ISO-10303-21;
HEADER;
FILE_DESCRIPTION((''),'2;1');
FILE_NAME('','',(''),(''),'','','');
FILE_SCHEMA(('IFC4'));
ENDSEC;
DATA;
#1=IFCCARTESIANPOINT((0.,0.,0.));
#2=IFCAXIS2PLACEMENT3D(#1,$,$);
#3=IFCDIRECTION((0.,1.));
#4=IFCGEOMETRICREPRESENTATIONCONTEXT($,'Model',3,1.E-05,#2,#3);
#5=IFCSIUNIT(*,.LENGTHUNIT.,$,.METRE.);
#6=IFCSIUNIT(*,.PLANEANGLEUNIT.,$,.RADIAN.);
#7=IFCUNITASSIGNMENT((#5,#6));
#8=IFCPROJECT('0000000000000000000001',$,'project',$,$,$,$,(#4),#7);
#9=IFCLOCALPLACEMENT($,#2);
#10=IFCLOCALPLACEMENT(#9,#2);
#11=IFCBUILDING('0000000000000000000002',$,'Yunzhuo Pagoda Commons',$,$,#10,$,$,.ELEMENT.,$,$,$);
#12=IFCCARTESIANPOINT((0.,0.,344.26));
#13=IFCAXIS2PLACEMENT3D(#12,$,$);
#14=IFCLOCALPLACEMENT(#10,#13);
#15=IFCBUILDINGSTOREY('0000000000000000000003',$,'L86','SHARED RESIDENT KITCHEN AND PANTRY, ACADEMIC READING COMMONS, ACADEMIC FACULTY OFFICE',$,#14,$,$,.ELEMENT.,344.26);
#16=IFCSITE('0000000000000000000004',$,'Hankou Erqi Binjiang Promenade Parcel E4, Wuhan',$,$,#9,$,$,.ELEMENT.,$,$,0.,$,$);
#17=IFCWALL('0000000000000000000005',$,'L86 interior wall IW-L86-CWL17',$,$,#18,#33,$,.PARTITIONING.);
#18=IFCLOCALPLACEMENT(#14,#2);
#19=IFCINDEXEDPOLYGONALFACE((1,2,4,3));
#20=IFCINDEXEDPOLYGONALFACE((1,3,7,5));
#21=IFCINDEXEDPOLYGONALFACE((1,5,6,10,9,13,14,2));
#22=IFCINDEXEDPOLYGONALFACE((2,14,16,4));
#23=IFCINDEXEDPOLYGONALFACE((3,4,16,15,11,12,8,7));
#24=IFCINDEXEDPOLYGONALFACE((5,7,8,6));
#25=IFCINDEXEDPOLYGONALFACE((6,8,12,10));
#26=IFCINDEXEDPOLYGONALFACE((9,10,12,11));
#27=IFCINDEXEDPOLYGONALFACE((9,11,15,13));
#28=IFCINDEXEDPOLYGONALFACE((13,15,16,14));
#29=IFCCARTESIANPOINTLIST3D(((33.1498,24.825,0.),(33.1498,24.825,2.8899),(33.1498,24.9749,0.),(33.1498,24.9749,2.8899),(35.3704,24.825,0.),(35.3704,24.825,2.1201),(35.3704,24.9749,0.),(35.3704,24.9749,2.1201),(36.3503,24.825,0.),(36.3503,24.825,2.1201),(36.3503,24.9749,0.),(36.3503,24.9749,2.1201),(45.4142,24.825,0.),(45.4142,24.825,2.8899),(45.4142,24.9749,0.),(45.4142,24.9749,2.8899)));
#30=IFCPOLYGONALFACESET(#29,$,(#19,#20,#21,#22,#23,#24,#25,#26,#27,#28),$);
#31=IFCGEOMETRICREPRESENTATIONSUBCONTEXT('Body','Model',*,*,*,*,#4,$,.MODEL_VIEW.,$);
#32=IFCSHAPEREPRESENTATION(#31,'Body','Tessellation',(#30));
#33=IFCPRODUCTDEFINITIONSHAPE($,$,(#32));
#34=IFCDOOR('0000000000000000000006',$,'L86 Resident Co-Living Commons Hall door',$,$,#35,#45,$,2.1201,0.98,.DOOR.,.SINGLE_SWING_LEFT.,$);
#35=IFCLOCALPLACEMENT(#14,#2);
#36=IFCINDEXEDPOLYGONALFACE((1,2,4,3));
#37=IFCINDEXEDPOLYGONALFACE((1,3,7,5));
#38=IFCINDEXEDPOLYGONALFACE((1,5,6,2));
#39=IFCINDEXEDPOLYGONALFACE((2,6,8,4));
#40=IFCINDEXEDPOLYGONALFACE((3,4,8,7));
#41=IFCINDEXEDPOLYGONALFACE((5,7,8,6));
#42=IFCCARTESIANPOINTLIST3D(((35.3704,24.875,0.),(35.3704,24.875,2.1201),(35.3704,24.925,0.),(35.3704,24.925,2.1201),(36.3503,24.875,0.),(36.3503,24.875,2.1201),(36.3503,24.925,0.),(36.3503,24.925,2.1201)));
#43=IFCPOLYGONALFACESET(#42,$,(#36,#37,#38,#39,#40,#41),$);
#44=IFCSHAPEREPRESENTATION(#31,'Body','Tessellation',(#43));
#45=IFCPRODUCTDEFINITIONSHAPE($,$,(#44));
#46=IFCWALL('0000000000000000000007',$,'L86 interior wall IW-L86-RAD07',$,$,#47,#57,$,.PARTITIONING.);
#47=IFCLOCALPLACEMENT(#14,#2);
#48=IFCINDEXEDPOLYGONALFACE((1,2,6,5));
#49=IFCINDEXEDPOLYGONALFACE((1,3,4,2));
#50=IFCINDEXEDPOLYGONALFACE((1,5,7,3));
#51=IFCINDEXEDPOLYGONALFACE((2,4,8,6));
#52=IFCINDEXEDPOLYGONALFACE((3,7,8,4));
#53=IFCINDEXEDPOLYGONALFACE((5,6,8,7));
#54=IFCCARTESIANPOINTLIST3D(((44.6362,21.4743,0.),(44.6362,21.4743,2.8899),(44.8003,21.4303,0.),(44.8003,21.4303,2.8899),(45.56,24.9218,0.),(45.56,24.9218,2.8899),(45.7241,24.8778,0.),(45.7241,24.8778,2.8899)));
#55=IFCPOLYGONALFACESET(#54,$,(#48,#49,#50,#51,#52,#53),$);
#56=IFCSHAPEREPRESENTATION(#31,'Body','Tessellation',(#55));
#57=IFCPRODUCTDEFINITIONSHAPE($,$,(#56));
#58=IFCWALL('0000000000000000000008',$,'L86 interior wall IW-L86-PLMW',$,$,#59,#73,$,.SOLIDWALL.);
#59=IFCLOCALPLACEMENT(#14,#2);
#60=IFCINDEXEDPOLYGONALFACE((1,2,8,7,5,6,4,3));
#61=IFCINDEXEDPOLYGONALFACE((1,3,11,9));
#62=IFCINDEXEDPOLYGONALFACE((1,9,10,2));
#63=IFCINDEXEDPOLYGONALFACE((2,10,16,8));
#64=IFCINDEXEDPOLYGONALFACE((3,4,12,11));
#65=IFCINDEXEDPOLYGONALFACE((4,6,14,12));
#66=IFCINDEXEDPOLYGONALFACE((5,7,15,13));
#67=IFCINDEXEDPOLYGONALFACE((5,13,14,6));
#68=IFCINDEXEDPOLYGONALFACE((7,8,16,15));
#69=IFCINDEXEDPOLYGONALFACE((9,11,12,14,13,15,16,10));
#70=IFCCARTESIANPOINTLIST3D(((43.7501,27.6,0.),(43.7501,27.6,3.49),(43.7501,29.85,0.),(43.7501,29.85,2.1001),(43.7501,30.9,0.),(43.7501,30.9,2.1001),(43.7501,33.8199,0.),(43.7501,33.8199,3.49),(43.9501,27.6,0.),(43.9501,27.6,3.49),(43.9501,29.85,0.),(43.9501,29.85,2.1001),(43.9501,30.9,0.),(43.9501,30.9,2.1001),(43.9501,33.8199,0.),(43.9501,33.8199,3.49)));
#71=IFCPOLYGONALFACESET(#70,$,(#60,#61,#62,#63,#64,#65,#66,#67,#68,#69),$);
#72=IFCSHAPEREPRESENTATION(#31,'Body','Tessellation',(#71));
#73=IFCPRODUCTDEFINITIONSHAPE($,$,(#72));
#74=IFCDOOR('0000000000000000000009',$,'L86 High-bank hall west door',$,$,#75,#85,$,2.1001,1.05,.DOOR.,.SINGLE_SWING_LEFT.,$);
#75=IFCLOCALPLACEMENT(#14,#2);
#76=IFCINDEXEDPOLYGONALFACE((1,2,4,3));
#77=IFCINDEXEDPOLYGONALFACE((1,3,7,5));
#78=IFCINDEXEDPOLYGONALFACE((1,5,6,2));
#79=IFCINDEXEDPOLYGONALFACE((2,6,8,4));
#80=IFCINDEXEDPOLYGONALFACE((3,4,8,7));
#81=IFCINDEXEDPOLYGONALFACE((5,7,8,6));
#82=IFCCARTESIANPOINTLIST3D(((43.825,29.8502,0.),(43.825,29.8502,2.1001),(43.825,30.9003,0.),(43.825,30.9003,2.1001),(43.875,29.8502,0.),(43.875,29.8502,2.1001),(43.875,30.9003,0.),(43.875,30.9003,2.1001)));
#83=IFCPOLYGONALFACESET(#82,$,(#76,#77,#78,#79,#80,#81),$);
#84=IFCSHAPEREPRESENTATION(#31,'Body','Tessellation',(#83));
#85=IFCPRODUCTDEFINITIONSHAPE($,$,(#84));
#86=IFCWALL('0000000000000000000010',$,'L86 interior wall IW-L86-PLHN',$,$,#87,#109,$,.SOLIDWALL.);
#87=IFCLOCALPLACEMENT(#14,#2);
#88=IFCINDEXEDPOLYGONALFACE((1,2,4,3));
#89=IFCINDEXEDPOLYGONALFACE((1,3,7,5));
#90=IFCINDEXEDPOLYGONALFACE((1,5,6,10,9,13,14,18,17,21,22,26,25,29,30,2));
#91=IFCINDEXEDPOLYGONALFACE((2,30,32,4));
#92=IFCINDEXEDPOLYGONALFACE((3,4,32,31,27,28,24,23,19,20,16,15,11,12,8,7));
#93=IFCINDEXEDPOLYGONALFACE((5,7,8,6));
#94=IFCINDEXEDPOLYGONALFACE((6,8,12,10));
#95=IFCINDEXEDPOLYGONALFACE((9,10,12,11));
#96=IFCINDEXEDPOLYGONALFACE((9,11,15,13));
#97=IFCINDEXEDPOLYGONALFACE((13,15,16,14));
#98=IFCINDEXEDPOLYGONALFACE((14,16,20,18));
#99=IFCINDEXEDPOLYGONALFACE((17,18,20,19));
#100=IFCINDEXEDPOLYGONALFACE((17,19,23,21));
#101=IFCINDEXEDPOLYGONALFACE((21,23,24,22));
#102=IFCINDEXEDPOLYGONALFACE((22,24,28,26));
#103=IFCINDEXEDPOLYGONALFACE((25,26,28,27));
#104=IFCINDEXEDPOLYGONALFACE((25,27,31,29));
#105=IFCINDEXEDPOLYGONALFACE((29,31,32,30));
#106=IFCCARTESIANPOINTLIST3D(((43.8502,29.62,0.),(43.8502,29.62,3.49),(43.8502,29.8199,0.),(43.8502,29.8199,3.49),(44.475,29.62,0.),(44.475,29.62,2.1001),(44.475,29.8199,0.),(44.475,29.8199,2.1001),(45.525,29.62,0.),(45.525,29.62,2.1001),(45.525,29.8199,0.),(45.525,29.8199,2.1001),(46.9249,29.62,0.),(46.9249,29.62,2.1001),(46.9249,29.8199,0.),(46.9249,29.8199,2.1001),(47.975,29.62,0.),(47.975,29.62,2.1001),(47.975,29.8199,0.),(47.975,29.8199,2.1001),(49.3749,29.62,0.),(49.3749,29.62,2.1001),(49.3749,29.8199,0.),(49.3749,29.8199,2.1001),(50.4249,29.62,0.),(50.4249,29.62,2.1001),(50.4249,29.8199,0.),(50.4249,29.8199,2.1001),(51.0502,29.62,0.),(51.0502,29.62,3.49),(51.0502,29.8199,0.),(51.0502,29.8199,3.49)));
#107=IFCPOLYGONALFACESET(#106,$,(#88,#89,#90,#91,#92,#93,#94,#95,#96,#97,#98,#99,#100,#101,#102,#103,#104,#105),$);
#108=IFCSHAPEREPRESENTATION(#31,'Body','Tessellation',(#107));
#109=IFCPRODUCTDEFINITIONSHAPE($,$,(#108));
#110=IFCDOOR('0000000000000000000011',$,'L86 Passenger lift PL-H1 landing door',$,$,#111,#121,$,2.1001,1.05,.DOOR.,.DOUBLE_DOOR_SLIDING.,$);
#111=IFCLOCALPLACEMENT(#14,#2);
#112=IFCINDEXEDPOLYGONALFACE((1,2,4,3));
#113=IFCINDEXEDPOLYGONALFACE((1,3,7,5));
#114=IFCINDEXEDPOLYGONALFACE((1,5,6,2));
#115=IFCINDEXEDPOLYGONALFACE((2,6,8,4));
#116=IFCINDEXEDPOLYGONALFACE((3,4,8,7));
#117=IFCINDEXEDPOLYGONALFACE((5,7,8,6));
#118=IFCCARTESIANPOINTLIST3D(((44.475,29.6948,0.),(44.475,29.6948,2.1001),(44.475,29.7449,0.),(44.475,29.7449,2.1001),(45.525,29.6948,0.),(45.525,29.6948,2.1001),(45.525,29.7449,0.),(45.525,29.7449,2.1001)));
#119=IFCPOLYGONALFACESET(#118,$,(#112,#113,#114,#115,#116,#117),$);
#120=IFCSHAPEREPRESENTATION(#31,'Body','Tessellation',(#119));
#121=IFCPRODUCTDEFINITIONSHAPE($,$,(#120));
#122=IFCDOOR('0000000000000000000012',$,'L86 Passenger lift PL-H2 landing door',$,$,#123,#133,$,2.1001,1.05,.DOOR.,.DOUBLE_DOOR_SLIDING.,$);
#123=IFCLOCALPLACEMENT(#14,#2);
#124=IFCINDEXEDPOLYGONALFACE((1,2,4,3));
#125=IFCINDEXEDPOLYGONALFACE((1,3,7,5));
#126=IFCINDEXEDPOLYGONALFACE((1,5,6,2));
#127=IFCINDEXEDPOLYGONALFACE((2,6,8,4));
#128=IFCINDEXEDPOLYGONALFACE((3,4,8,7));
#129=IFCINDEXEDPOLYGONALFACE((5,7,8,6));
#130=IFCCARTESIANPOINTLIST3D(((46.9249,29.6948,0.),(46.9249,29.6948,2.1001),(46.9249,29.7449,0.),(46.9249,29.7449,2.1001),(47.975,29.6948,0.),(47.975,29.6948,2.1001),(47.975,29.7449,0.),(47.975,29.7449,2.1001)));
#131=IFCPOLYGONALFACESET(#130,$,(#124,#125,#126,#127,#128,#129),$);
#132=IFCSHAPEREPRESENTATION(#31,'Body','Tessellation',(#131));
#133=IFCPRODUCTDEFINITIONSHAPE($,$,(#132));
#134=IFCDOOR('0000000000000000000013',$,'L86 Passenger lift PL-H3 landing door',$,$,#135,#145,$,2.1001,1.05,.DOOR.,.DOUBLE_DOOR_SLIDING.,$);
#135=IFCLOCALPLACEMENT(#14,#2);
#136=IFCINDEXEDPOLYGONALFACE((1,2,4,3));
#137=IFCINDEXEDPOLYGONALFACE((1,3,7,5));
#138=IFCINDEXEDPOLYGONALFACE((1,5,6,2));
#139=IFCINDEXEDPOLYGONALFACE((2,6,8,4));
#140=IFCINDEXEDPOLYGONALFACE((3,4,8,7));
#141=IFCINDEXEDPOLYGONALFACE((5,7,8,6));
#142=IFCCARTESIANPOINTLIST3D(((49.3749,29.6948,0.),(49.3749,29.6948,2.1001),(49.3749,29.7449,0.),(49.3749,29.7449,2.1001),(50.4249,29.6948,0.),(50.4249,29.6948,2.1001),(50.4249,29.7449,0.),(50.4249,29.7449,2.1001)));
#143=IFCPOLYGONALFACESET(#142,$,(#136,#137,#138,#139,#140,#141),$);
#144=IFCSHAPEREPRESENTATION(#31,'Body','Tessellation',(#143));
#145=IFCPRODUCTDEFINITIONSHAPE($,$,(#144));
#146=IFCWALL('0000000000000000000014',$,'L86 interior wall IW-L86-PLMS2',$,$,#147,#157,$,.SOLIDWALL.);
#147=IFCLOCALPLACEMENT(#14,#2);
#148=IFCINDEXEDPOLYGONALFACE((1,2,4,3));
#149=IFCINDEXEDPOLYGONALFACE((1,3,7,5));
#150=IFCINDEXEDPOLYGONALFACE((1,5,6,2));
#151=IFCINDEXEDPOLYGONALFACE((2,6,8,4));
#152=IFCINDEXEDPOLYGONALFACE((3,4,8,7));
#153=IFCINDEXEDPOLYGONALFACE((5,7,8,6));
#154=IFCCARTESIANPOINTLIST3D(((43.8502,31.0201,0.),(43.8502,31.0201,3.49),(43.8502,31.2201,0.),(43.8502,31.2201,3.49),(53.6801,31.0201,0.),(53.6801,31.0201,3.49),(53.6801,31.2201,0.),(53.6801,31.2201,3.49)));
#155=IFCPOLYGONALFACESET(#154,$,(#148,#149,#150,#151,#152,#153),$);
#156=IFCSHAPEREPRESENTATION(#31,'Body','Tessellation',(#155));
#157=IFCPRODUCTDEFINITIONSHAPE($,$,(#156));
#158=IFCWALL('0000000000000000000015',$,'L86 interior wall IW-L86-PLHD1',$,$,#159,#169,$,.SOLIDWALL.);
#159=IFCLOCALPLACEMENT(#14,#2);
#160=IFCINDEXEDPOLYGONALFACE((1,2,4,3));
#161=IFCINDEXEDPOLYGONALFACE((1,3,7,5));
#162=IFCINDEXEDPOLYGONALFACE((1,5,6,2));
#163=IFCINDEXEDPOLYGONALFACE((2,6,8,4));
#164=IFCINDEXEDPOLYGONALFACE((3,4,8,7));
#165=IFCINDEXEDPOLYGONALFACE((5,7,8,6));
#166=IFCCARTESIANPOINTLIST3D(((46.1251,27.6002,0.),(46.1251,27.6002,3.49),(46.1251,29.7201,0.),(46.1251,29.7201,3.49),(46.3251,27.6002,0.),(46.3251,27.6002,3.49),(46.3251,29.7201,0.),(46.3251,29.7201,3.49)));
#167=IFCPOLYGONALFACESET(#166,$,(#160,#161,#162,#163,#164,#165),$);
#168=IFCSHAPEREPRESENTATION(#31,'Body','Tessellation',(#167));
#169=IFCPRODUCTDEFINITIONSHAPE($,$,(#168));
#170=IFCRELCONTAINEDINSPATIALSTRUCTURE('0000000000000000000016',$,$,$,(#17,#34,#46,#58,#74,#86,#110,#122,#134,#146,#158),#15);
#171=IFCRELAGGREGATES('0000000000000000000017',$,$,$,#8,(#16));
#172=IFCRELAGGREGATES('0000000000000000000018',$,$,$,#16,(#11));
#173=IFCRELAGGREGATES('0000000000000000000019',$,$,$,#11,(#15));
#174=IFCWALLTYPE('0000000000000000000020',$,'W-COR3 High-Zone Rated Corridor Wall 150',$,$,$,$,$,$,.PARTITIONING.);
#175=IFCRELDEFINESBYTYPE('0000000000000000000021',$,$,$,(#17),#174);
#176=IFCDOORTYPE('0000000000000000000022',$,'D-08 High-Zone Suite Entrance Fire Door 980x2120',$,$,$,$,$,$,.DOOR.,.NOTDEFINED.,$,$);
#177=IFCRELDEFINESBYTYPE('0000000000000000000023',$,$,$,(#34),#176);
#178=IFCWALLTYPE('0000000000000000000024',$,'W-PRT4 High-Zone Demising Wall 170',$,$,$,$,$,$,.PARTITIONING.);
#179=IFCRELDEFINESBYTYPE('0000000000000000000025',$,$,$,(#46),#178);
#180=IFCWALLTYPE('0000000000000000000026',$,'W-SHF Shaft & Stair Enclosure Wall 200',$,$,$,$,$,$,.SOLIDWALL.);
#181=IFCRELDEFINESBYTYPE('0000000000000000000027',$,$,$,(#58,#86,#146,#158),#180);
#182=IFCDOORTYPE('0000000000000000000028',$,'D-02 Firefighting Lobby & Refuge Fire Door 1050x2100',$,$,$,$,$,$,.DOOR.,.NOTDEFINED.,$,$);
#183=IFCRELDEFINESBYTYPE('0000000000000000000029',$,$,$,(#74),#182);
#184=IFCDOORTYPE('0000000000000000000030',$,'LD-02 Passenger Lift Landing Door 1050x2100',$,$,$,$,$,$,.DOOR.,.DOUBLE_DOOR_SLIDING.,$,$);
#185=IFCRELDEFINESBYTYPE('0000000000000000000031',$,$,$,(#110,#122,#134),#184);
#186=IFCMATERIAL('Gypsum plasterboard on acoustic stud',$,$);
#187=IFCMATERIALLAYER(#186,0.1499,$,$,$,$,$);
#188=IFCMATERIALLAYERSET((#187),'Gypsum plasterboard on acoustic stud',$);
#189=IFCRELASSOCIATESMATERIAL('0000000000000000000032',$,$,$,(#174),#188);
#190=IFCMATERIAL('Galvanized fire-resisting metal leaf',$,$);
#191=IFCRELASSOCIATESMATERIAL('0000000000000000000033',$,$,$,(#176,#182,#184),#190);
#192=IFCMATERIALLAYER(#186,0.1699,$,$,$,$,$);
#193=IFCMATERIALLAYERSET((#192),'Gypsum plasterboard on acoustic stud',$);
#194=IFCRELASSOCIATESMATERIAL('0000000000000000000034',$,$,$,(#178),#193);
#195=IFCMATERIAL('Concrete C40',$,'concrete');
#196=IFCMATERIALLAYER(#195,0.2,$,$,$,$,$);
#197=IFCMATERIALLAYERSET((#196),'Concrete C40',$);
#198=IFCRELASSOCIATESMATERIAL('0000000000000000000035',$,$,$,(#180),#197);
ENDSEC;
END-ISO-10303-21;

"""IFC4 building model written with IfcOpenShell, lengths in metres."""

from ifc_helpers import new_model, si_unit, direction, frame, frame_2d, origin, origin_with_axes, place, context, subcontext, project, spatial, rectangle, extrude, source, transform, mapped, material, layer, layer_set, type_object, element, fill, save


model = new_model("IFC4")

# Units and contexts
model_context = context("Model", 3, precision=1e-05, world=origin(), true_north=direction((0.0, 1.0)))
body_context = subcontext(model_context, "Body", "Model", "MODEL_VIEW")
ifc_project = project(units=[si_unit("LENGTHUNIT", "METRE"), si_unit("PLANEANGLEUNIT", "RADIAN")], contexts=[model_context])

# Site, building, storey
site_placement = place(None, origin())
site = spatial("IfcSite", under=ifc_project, at=site_placement, Name="Hankou Erqi Binjiang Promenade Parcel E4, Wuhan", CompositionType="ELEMENT", RefElevation=0.0)
building_placement = place(site_placement, origin())
building = spatial("IfcBuilding", under=site, at=building_placement, Name="Yunzhuo Pagoda Commons", CompositionType="ELEMENT")
storey_placement = place(building_placement, frame((0.0, 0.0, 344.26)))
storey = spatial("IfcBuildingStorey", under=building, at=storey_placement, Name="L86", Description="SHARED RESIDENT KITCHEN AND PANTRY, ACADEMIC READING COMMONS, ACADEMIC FACULTY OFFICE", CompositionType="ELEMENT", Elevation=344.26)

# Shared definitions
ifc_material_1 = material(Name="Gypsum plasterboard on acoustic stud")
ifc_layer_1 = layer(ifc_material_1, 0.1499)
ifc_layer_set_1 = layer_set([ifc_layer_1], Name="Gypsum plasterboard on acoustic stud")
wall_type_1 = type_object("IfcWallType", Name="W-COR3 High-Zone Rated Corridor Wall 150", PredefinedType="PARTITIONING", material=ifc_layer_set_1)
ifc_material_2 = material(Name="Galvanized fire-resisting metal leaf")

# Wall, opening, door
wall_1_placement = place(storey_placement, frame((45.4143, 24.8999, 0.0), z_axis=(0.0, 0.0, 1.0), x_axis=(-1.0, 0.0, 0.0)))
wall_1 = element("IfcWall", 1, at=wall_1_placement, inside=storey, type_object=wall_type_1, Name="L86 interior wall IW-L86-CWL17", PredefinedType="PARTITIONING", context=body_context, shape_type="SweptSolid", body=[
    extrude(rectangle(XDim=12.2644, YDim=0.1499, at=frame_2d((6.1323, 0.0))), origin(), (0.0, 0.0, 1.0), 2.8899),
])
opening_1_placement = place(wall_1_placement, frame((9.064, 0.0, 0.0)))
opening_1 = element("IfcOpeningElement", 2, at=opening_1_placement, cuts=wall_1, PredefinedType="OPENING", context=body_context, shape_type="SweptSolid", body=[
    extrude(rectangle(XDim=0.98, YDim=2.1201, at=frame_2d((0.49, 1.0601))), frame((0.0, 0.085, 0.0), z_axis=(0.0, -1.0, 0.0), x_axis=(1.0, 0.0, 0.0)), (0.0, 0.0, 1.0), 0.1699),
])
door_type_1 = type_object("IfcDoorType", Name="D-08 High-Zone Suite Entrance Fire Door 980x2120", OperationType="NOTDEFINED", PredefinedType="DOOR", material=ifc_material_2)
shared_shape_1 = source(origin(), body_context, "Body", "SweptSolid", [
    extrude(rectangle(XDim=0.98, YDim=2.1201, at=frame_2d((0.49, 1.0601))), frame((0.0, 0.0249, 0.0), z_axis=(0.0, -1.0, 0.0), x_axis=(1.0, 0.0, 0.0)), (0.0, 0.0, 1.0), 0.05),
])
door_1_placement = place(opening_1_placement, origin_with_axes())
door_1 = element("IfcDoor", 3, at=door_1_placement, inside=storey, type_object=door_type_1, Name="L86 Resident Co-Living Commons Hall door", OperationType="SINGLE_SWING_LEFT", OverallHeight=2.1201, OverallWidth=0.98, PredefinedType="DOOR", context=body_context, shape_type="MappedRepresentation", body=[
    mapped(shared_shape_1, transform((0.0, 0.0, 0.0), scale=1.0)),
])
fill(opening_1, door_1)

# Wall
ifc_layer_2 = layer(ifc_material_1, 0.1699)
ifc_layer_set_2 = layer_set([ifc_layer_2], Name="Gypsum plasterboard on acoustic stud")
wall_type_2 = type_object("IfcWallType", Name="W-PRT4 High-Zone Demising Wall 170", PredefinedType="PARTITIONING", material=ifc_layer_set_2)
wall_2_placement = place(storey_placement, frame((45.6421, 24.8999, 0.0), z_axis=(0.0, 0.0, 1.0), x_axis=(-0.258838, -0.965921, 0.0)))
element("IfcWall", 4, at=wall_2_placement, inside=storey, type_object=wall_type_2, Name="L86 interior wall IW-L86-RAD07", PredefinedType="PARTITIONING", context=body_context, shape_type="SweptSolid", body=[
    extrude(rectangle(XDim=3.5691, YDim=0.1699, at=frame_2d((1.7847, 0.0))), origin(), (0.0, 0.0, 1.0), 2.8899),
])

# Wall, opening, door
ifc_material_3 = material(Name="Concrete C40", Category="concrete")
ifc_layer_3 = layer(ifc_material_3, 0.2)
ifc_layer_set_3 = layer_set([ifc_layer_3], Name="Concrete C40")
wall_type_3 = type_object("IfcWallType", Name="W-SHF Shaft & Stair Enclosure Wall 200", PredefinedType="SOLIDWALL", material=ifc_layer_set_3)
wall_3_placement = place(storey_placement, frame((43.8501, 27.6001, 0.0), z_axis=(0.0, 0.0, 1.0), x_axis=(0.0, 1.0, 0.0)))
wall_3 = element("IfcWall", 5, at=wall_3_placement, inside=storey, type_object=wall_type_3, Name="L86 interior wall IW-L86-PLMW", PredefinedType="SOLIDWALL", context=body_context, shape_type="SweptSolid", body=[
    extrude(rectangle(XDim=6.22, YDim=0.2, at=frame_2d((3.1099, 0.0))), origin(), (0.0, 0.0, 1.0), 3.49),
])
opening_2_placement = place(wall_3_placement, frame((2.25, 0.0, 0.0)))
opening_2 = element("IfcOpeningElement", 6, at=opening_2_placement, cuts=wall_3, PredefinedType="OPENING", context=body_context, shape_type="SweptSolid", body=[
    extrude(rectangle(XDim=1.05, YDim=2.1001, at=frame_2d((0.5249, 1.05))), frame((0.0, 0.1099, 0.0), z_axis=(0.0, -1.0, 0.0), x_axis=(1.0, 0.0, 0.0)), (0.0, 0.0, 1.0), 0.22),
])
door_type_2 = type_object("IfcDoorType", Name="D-02 Firefighting Lobby & Refuge Fire Door 1050x2100", OperationType="NOTDEFINED", PredefinedType="DOOR", material=ifc_material_2)
shared_shape_2 = source(origin(), body_context, "Body", "SweptSolid", [
    extrude(rectangle(XDim=1.05, YDim=2.1001, at=frame_2d((0.5249, 1.05))), frame((0.0, 0.0249, 0.0), z_axis=(0.0, -1.0, 0.0), x_axis=(1.0, 0.0, 0.0)), (0.0, 0.0, 1.0), 0.05),
])
door_2_placement = place(opening_2_placement, frame((1.05, 0.0, 0.0), z_axis=(0.0, 0.0, 1.0), x_axis=(-1.0, 0.0, 0.0)))
door_2 = element("IfcDoor", 7, at=door_2_placement, inside=storey, type_object=door_type_2, Name="L86 High-bank hall west door", OperationType="SINGLE_SWING_LEFT", OverallHeight=2.1001, OverallWidth=1.05, PredefinedType="DOOR", context=body_context, shape_type="MappedRepresentation", body=[
    mapped(shared_shape_2, transform((0.0, 0.0, 0.0), scale=1.0)),
])
fill(opening_2, door_2)

# Wall, openings, doors
wall_4_placement = place(storey_placement, frame((43.8501, 29.72, 0.0), z_axis=(0.0, 0.0, 1.0), x_axis=(1.0, 0.0, 0.0)))
wall_4 = element("IfcWall", 8, at=wall_4_placement, inside=storey, type_object=wall_type_3, Name="L86 interior wall IW-L86-PLHN", PredefinedType="SOLIDWALL", context=body_context, shape_type="SweptSolid", body=[
    extrude(rectangle(XDim=7.2, YDim=0.2, at=frame_2d((3.6001, 0.0))), origin(), (0.0, 0.0, 1.0), 3.49),
])
opening_3_placement = place(wall_4_placement, frame((0.625, 0.0, 0.0)))
opening_3 = element("IfcOpeningElement", 9, at=opening_3_placement, cuts=wall_4, PredefinedType="OPENING", context=body_context, shape_type="SweptSolid", body=[
    extrude(rectangle(XDim=1.05, YDim=2.1001, at=frame_2d((0.5249, 1.05))), frame((0.0, 0.1099, 0.0), z_axis=(0.0, -1.0, 0.0), x_axis=(1.0, 0.0, 0.0)), (0.0, 0.0, 1.0), 0.22),
])
opening_4_placement = place(wall_4_placement, frame((3.075, 0.0, 0.0)))
opening_4 = element("IfcOpeningElement", 10, at=opening_4_placement, cuts=wall_4, PredefinedType="OPENING", context=body_context, shape_type="SweptSolid", body=[
    extrude(rectangle(XDim=1.05, YDim=2.1001, at=frame_2d((0.5249, 1.05))), frame((0.0, 0.1099, 0.0), z_axis=(0.0, -1.0, 0.0), x_axis=(1.0, 0.0, 0.0)), (0.0, 0.0, 1.0), 0.22),
])
opening_5_placement = place(wall_4_placement, frame((5.5249, 0.0, 0.0)))
opening_5 = element("IfcOpeningElement", 11, at=opening_5_placement, cuts=wall_4, PredefinedType="OPENING", context=body_context, shape_type="SweptSolid", body=[
    extrude(rectangle(XDim=1.05, YDim=2.1001, at=frame_2d((0.5249, 1.05))), frame((0.0, 0.1099, 0.0), z_axis=(0.0, -1.0, 0.0), x_axis=(1.0, 0.0, 0.0)), (0.0, 0.0, 1.0), 0.22),
])
door_type_3 = type_object("IfcDoorType", Name="LD-02 Passenger Lift Landing Door 1050x2100", OperationType="DOUBLE_DOOR_SLIDING", PredefinedType="DOOR", material=ifc_material_2)
door_3_placement = place(opening_3_placement, origin_with_axes())
door_3 = element("IfcDoor", 12, at=door_3_placement, inside=storey, type_object=door_type_3, Name="L86 Passenger lift PL-H1 landing door", OperationType="DOUBLE_DOOR_SLIDING", OverallHeight=2.1001, OverallWidth=1.05, PredefinedType="DOOR", context=body_context, shape_type="MappedRepresentation", body=[
    mapped(shared_shape_2, transform((0.0, 0.0, 0.0), scale=1.0)),
])
fill(opening_3, door_3)
door_4_placement = place(opening_4_placement, origin_with_axes())
door_4 = element("IfcDoor", 13, at=door_4_placement, inside=storey, type_object=door_type_3, Name="L86 Passenger lift PL-H2 landing door", OperationType="DOUBLE_DOOR_SLIDING", OverallHeight=2.1001, OverallWidth=1.05, PredefinedType="DOOR", context=body_context, shape_type="MappedRepresentation", body=[
    mapped(shared_shape_2, transform((0.0, 0.0, 0.0), scale=1.0)),
])
fill(opening_4, door_4)
door_5_placement = place(opening_5_placement, origin_with_axes())
door_5 = element("IfcDoor", 14, at=door_5_placement, inside=storey, type_object=door_type_3, Name="L86 Passenger lift PL-H3 landing door", OperationType="DOUBLE_DOOR_SLIDING", OverallHeight=2.1001, OverallWidth=1.05, PredefinedType="DOOR", context=body_context, shape_type="MappedRepresentation", body=[
    mapped(shared_shape_2, transform((0.0, 0.0, 0.0), scale=1.0)),
])
fill(opening_5, door_5)

# Walls
wall_5_placement = place(storey_placement, frame((43.8501, 31.1201, 0.0), z_axis=(0.0, 0.0, 1.0), x_axis=(1.0, 0.0, 0.0)))
element("IfcWall", 15, at=wall_5_placement, inside=storey, type_object=wall_type_3, Name="L86 interior wall IW-L86-PLMS2", PredefinedType="SOLIDWALL", context=body_context, shape_type="SweptSolid", body=[
    extrude(rectangle(XDim=9.8298, YDim=0.2, at=frame_2d((4.915, 0.0))), origin(), (0.0, 0.0, 1.0), 3.49),
])
wall_6_placement = place(storey_placement, frame((46.2251, 27.6001, 0.0), z_axis=(0.0, 0.0, 1.0), x_axis=(0.0, 1.0, 0.0)))
element("IfcWall", 16, at=wall_6_placement, inside=storey, type_object=wall_type_3, Name="L86 interior wall IW-L86-PLHD1", PredefinedType="SOLIDWALL", context=body_context, shape_type="SweptSolid", body=[
    extrude(rectangle(XDim=2.1199, YDim=0.2, at=frame_2d((1.0601, 0.0))), origin(), (0.0, 0.0, 1.0), 3.49),
])

save(model, "model.ifc")
